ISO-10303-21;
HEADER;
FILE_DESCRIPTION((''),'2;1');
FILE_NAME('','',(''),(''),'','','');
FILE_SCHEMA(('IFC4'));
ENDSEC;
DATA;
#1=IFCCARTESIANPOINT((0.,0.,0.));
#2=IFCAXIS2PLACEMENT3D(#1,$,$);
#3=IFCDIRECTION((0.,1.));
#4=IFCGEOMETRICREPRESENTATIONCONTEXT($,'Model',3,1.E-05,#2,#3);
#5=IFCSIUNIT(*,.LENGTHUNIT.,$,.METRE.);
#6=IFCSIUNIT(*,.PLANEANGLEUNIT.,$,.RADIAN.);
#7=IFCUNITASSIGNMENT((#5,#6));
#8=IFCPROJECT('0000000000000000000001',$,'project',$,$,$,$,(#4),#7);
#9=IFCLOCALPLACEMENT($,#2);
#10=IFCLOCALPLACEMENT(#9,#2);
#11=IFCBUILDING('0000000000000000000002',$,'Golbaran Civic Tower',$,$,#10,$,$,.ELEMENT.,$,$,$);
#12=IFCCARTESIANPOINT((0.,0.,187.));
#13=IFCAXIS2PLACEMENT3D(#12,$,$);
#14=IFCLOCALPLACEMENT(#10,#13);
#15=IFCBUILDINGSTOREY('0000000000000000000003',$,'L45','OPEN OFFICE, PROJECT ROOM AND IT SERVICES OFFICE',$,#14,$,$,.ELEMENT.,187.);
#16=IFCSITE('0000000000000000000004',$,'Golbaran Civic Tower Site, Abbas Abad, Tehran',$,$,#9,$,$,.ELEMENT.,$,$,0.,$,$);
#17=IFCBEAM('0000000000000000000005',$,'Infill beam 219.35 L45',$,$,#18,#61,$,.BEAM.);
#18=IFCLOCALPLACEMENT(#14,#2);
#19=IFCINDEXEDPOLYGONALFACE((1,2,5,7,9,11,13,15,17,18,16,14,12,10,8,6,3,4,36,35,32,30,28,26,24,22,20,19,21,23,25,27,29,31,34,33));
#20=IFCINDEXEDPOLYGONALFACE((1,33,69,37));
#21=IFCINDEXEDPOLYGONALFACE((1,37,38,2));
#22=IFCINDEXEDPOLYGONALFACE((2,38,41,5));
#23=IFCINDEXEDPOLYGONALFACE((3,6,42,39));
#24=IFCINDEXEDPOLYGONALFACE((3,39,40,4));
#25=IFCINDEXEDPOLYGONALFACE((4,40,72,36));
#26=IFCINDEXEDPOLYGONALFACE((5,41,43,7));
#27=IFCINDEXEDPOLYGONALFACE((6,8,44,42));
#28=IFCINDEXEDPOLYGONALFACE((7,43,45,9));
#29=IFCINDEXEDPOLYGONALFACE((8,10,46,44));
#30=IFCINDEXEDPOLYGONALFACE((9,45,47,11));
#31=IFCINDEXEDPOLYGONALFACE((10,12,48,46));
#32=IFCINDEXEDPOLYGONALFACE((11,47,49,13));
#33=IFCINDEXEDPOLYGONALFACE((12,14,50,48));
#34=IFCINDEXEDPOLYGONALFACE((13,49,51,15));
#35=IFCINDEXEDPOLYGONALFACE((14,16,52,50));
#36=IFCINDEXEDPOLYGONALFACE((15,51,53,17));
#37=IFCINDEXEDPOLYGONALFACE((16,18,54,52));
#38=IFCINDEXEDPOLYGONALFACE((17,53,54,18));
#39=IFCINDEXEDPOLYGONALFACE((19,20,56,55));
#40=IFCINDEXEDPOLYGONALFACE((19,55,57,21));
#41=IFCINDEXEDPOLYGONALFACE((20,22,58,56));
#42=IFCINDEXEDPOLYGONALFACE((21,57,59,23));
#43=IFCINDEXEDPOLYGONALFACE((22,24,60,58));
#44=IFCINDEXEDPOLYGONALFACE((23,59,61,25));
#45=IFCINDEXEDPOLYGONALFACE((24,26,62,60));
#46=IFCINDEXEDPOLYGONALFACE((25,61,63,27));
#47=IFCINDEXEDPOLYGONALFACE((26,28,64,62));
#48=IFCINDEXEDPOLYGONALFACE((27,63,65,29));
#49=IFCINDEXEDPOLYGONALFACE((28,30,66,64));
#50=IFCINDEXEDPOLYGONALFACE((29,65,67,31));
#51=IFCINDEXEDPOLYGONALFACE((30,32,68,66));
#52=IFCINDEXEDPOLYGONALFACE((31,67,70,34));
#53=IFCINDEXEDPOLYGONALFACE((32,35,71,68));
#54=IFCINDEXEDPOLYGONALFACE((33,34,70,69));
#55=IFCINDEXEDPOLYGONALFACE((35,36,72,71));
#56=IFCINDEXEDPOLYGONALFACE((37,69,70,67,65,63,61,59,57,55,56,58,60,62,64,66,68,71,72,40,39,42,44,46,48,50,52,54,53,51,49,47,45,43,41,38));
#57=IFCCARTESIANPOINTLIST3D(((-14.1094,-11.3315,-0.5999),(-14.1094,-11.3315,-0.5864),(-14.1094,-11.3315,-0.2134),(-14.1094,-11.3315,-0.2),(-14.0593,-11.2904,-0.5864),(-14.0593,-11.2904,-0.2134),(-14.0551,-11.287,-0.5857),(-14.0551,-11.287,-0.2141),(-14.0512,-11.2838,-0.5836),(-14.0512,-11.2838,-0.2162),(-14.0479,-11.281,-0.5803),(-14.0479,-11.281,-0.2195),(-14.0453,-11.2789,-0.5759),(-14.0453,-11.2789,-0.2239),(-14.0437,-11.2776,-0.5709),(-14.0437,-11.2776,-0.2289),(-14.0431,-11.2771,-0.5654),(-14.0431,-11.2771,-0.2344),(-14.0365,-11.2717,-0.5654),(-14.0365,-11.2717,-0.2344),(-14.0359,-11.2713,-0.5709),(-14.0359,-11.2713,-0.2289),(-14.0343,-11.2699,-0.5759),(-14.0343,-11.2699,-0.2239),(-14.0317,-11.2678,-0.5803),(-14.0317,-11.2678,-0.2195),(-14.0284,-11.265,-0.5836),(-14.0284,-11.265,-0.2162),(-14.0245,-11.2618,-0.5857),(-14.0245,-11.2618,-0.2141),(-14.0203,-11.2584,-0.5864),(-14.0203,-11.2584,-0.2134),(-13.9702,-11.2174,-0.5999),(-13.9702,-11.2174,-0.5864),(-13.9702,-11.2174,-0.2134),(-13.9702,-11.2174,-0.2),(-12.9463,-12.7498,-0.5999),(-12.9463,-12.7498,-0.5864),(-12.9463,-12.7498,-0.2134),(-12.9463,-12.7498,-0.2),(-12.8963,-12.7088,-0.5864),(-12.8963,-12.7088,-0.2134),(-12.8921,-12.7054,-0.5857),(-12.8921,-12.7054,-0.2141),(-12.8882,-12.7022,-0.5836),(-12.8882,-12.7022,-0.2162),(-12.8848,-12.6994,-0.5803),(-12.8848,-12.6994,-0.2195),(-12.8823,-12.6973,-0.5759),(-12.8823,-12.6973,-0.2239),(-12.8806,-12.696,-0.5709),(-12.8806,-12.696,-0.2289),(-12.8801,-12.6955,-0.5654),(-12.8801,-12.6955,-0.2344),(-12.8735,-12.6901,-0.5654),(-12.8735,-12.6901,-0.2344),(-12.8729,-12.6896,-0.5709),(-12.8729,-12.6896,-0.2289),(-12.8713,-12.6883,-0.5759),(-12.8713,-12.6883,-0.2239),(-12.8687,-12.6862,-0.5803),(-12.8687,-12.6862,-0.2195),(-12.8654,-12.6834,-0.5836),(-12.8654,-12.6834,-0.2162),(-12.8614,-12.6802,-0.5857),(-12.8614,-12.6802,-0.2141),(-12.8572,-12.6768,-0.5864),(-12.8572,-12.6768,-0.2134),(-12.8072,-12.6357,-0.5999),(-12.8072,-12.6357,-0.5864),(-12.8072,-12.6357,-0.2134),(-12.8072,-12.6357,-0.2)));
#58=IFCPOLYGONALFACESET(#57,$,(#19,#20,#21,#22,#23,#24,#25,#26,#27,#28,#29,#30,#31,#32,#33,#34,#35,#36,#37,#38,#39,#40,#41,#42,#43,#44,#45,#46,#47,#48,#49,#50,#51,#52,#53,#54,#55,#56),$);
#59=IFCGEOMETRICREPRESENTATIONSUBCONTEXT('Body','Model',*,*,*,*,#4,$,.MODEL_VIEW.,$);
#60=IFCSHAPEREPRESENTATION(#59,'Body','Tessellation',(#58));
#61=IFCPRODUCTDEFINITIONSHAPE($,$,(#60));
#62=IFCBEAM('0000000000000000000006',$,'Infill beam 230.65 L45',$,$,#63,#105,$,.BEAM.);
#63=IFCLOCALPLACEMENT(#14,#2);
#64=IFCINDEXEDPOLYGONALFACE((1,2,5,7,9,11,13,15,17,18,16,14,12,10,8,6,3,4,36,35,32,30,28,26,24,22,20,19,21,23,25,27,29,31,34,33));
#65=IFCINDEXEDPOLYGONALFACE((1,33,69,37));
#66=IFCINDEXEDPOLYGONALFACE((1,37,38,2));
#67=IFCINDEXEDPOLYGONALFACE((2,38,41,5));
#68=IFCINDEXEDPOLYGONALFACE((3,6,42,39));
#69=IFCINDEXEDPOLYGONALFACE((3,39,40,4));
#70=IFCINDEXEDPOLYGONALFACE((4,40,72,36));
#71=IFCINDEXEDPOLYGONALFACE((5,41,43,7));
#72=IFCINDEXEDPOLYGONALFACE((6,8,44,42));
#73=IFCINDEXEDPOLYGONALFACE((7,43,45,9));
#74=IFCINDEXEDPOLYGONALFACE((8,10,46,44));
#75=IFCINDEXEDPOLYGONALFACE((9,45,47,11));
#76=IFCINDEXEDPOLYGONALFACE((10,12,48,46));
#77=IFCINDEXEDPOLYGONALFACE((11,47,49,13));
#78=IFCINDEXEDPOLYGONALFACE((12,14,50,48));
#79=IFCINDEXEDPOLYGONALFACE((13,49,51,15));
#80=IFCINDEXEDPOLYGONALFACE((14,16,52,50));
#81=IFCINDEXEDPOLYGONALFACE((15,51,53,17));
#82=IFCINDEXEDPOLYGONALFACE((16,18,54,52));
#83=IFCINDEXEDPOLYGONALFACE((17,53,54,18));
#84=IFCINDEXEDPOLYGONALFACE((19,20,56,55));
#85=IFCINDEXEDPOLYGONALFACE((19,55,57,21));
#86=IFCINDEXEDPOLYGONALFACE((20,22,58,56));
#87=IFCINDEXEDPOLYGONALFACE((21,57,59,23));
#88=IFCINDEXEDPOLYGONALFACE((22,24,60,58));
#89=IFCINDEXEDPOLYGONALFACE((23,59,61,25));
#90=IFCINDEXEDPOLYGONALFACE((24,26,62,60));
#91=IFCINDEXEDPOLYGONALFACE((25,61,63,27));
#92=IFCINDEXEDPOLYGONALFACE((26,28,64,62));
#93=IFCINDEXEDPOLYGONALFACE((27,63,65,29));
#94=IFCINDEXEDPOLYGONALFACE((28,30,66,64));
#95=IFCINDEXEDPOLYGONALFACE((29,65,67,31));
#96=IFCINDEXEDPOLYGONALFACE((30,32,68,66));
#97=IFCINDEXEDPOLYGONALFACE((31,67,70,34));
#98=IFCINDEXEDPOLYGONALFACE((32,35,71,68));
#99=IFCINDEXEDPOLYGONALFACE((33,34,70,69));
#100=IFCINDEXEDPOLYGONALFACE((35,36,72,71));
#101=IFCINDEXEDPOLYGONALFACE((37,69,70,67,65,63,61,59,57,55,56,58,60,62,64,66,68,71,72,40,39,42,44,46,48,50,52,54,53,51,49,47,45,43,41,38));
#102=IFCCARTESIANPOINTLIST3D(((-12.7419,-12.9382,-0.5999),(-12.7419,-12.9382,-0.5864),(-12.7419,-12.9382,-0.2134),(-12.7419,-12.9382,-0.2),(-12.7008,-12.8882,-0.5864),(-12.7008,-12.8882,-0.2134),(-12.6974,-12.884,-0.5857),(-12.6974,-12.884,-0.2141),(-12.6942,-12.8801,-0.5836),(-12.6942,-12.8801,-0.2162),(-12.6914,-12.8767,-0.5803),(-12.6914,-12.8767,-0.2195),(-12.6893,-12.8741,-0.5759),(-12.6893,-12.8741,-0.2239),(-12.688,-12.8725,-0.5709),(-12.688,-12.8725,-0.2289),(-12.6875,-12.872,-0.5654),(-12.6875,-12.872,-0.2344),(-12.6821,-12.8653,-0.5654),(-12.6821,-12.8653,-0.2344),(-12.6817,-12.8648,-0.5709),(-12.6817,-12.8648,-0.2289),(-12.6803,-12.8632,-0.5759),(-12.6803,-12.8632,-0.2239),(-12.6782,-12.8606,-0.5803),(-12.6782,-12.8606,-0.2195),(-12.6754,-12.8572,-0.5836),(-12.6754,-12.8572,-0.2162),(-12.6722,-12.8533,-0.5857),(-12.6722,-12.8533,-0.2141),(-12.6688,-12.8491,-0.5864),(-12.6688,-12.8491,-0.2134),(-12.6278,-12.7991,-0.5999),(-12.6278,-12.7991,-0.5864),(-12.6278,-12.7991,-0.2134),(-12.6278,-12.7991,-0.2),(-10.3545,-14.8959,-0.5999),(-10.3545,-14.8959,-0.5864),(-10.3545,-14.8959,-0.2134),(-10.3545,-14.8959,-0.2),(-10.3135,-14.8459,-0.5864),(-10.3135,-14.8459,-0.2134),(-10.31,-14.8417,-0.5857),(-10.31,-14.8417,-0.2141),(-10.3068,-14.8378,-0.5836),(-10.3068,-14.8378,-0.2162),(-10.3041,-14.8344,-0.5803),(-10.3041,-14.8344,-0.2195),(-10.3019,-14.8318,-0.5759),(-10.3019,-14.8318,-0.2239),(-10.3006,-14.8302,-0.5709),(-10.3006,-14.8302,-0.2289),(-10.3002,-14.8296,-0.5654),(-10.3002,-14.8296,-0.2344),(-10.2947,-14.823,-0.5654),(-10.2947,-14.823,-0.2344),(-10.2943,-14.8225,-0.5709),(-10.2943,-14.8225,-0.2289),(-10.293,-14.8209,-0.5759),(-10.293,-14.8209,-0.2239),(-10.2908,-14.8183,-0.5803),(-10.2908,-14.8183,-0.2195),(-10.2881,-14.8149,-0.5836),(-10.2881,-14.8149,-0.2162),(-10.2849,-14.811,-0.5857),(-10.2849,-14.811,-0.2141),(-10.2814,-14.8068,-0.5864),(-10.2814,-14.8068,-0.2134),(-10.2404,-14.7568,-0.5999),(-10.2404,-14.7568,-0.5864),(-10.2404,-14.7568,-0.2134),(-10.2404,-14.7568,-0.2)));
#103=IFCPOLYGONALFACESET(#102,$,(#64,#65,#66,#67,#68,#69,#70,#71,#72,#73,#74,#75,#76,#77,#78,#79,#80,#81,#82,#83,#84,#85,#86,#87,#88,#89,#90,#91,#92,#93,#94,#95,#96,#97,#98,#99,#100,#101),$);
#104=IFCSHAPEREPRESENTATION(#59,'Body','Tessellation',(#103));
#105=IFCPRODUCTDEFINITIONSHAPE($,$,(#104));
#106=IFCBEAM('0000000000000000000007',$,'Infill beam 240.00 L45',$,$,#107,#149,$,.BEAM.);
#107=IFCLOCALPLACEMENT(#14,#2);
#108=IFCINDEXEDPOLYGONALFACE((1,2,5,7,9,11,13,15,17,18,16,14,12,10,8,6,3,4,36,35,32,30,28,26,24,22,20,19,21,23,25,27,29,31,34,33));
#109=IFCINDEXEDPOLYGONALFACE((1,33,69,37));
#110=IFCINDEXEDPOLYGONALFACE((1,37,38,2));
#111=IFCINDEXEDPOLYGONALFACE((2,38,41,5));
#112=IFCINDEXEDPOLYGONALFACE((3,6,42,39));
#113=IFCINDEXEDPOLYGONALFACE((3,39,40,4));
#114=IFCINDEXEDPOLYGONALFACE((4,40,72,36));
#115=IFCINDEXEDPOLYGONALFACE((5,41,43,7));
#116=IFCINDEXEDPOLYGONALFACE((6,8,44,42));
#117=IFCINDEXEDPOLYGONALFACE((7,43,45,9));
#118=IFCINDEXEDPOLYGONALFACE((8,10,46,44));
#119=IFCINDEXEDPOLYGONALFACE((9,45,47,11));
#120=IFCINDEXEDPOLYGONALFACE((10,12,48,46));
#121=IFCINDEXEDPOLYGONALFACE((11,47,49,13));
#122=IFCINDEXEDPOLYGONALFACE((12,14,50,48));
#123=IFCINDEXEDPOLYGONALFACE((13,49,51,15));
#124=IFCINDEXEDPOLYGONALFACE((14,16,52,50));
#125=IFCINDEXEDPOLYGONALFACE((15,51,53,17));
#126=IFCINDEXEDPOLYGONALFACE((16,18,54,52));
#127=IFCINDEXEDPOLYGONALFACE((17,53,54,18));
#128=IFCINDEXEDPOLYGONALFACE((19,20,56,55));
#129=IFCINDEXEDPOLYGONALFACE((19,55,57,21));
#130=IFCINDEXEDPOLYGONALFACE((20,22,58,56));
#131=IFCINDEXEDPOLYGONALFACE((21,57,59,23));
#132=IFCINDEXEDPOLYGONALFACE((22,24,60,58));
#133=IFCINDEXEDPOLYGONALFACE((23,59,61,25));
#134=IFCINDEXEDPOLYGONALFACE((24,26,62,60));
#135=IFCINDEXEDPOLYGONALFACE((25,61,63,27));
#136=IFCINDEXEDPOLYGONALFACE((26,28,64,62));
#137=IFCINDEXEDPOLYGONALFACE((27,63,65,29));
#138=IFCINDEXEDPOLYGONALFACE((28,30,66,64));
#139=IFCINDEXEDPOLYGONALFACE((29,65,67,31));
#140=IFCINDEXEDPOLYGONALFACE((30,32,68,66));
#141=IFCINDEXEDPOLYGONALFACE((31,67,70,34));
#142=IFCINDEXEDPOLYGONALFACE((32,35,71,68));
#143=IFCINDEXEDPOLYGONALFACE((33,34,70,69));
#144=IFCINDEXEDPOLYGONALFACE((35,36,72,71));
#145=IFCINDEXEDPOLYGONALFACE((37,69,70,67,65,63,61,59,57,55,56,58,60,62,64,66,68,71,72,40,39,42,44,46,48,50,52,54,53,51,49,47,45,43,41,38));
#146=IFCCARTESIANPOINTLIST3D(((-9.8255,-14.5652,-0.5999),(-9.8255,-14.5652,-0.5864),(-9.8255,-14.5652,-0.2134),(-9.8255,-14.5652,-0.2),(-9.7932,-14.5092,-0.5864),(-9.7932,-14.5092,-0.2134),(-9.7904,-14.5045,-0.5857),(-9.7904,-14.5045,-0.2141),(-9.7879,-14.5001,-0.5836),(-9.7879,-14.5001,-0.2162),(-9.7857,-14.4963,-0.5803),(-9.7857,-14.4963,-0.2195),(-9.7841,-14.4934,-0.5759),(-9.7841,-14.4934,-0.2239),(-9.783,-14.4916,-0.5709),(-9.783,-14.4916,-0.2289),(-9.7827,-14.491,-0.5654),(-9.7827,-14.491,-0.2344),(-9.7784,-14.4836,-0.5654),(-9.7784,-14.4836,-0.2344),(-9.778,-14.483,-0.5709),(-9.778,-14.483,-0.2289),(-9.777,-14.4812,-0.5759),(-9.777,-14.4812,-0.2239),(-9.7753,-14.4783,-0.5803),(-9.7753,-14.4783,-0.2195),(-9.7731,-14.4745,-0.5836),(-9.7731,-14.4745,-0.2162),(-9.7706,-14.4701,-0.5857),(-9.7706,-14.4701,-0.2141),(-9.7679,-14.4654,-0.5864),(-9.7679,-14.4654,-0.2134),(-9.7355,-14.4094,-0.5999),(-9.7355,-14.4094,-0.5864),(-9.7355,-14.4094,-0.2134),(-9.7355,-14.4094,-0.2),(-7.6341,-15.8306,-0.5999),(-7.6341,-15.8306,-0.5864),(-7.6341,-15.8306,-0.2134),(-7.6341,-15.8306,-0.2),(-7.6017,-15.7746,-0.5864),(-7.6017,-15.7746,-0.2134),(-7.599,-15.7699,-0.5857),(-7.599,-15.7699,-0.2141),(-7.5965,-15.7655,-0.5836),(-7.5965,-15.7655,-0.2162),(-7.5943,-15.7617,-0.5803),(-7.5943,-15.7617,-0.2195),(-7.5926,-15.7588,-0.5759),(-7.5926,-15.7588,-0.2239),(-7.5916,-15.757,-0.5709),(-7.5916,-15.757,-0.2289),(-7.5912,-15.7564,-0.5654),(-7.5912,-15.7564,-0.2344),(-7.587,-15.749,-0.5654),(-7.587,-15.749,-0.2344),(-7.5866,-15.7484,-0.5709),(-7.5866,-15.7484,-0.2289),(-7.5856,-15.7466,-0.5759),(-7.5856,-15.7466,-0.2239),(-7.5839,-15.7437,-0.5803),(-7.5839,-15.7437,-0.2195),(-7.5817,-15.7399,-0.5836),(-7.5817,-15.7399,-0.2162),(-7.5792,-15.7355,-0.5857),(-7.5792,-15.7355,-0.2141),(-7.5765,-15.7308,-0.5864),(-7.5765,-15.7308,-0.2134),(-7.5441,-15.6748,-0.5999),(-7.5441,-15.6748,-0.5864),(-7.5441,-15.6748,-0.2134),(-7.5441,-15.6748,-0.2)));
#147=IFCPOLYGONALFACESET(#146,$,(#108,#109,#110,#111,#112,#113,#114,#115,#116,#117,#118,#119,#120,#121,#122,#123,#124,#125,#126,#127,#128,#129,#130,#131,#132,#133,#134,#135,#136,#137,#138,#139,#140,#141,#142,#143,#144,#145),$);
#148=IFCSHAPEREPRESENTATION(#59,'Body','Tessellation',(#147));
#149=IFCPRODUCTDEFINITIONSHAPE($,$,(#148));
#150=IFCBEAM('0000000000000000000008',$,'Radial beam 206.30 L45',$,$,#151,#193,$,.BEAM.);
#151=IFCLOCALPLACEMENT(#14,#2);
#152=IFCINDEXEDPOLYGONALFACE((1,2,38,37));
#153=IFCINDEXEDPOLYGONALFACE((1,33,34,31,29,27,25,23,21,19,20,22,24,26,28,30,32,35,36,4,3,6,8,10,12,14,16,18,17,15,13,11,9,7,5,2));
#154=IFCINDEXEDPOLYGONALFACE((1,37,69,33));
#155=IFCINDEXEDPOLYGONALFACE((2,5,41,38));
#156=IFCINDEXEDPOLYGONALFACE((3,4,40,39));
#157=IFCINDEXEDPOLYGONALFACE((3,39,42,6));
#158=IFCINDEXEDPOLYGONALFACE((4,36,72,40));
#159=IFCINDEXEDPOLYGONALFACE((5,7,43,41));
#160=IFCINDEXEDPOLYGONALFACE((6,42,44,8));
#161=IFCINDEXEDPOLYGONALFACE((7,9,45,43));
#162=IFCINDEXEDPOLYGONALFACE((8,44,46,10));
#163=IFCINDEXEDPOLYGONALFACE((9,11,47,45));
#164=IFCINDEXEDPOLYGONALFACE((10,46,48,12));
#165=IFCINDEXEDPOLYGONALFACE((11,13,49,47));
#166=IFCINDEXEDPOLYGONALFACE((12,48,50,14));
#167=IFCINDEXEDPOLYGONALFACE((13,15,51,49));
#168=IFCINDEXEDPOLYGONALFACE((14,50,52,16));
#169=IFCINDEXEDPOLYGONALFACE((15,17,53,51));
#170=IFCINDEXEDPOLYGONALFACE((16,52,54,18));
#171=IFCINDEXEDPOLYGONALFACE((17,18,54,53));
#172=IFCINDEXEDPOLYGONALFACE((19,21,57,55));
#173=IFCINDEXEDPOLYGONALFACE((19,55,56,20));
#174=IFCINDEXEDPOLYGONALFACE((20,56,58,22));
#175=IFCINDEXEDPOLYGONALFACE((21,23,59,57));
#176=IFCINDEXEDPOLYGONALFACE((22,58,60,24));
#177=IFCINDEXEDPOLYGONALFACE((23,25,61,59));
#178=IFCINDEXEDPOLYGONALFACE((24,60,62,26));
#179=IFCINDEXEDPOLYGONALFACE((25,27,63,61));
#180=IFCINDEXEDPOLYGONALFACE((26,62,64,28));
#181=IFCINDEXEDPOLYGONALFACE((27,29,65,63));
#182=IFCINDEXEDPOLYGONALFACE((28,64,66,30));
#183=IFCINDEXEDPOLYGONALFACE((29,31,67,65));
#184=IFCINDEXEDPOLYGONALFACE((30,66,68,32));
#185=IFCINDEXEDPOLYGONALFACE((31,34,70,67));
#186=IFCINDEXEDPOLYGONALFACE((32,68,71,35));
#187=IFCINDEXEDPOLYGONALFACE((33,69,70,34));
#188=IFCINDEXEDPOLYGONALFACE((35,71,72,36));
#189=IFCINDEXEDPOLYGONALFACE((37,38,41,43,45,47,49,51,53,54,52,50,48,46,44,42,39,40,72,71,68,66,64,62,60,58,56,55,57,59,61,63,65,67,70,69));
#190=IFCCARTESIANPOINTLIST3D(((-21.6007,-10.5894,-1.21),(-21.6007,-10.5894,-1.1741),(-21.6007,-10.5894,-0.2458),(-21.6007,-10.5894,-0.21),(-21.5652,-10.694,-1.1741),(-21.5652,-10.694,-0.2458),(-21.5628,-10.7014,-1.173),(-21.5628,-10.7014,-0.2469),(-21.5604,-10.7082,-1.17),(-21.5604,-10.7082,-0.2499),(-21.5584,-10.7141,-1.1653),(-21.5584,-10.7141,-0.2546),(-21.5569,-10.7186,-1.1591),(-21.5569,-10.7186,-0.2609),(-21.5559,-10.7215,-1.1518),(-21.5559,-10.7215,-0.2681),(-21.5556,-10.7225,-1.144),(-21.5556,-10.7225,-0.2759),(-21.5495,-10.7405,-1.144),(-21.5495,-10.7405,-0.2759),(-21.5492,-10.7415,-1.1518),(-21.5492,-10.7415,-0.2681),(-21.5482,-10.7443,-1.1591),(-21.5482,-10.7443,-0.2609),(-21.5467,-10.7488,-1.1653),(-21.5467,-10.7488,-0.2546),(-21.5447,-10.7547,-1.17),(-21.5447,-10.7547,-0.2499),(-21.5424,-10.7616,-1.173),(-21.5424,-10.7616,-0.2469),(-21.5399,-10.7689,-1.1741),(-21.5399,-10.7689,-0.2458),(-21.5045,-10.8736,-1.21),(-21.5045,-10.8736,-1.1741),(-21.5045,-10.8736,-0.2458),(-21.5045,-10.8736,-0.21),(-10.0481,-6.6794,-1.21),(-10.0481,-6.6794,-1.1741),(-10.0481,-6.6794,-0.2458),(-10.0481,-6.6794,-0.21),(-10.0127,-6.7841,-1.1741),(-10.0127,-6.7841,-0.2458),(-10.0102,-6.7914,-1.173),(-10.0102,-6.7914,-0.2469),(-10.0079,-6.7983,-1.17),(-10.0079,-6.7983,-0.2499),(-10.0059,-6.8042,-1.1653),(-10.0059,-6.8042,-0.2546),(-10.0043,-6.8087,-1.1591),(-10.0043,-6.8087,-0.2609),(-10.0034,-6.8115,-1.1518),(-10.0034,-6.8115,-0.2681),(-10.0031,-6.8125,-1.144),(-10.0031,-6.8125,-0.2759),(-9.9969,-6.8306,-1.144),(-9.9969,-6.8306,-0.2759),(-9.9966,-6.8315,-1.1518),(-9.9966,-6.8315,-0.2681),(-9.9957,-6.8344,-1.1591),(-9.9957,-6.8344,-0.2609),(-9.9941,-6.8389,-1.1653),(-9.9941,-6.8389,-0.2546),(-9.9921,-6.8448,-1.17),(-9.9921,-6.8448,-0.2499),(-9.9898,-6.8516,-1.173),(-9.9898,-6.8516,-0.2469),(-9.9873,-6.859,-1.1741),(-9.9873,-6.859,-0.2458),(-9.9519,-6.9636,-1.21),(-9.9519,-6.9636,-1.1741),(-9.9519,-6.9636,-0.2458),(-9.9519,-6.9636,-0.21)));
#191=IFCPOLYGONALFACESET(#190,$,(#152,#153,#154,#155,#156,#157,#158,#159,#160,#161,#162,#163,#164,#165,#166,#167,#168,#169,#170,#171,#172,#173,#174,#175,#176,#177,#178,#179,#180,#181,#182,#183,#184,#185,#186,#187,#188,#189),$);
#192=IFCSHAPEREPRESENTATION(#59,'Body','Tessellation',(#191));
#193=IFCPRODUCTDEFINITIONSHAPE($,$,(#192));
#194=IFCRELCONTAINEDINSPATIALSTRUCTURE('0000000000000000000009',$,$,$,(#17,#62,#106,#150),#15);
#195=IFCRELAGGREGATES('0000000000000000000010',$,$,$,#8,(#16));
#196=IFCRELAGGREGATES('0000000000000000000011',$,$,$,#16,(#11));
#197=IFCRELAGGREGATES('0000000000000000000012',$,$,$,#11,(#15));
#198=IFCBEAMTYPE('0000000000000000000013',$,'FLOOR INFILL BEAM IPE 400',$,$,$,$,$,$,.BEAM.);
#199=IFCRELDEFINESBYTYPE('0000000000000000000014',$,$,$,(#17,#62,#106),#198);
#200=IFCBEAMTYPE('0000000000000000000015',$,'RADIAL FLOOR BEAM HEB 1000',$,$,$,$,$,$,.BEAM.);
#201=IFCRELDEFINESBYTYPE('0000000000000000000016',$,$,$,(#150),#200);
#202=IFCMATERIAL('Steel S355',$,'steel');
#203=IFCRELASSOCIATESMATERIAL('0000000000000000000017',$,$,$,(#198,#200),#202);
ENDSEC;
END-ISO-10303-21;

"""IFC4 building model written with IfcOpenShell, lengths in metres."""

from ifc_helpers import new_model, si_unit, direction, frame, origin, origin_2d, place, context, subcontext, project, spatial, i_section, extrude, material, material_profile, profile_set, type_object, element, save


model = new_model("IFC4")

# Units and contexts
model_context = context("Model", 3, precision=1e-05, world=origin(), true_north=direction((0.0, 1.0)))
body_context = subcontext(model_context, "Body", "Model", "MODEL_VIEW")
ifc_project = project(units=[si_unit("LENGTHUNIT", "METRE"), si_unit("PLANEANGLEUNIT", "RADIAN")], contexts=[model_context])

# Site, building, storey
site_placement = place(None, origin())
site = spatial("IfcSite", under=ifc_project, at=site_placement, Name="Golbaran Civic Tower Site, Abbas Abad, Tehran", CompositionType="ELEMENT", RefElevation=0.0)
building_placement = place(site_placement, origin())
building = spatial("IfcBuilding", under=site, at=building_placement, Name="Golbaran Civic Tower", CompositionType="ELEMENT")
storey_placement = place(building_placement, frame((0.0, 0.0, 187.0)))
storey = spatial("IfcBuildingStorey", under=building, at=storey_placement, Name="L45", Description="OPEN OFFICE, PROJECT ROOM AND IT SERVICES OFFICE", CompositionType="ELEMENT", Elevation=187.0)

# Beams
ifc_material_1 = material(Name="Steel S355", Category="steel")
ifc_material_profile_1 = material_profile(ifc_material_1, i_section(OverallWidth=0.1799, OverallDepth=0.3999, WebThickness=0.0085, FlangeThickness=0.0134, FilletRadius=0.021, at=origin_2d()), Name="IPE 400")
ifc_profile_set_1 = profile_set([ifc_material_profile_1], Name="Steel S355")
beam_type_1 = type_object("IfcBeamType", Name="FLOOR INFILL BEAM IPE 400", PredefinedType="BEAM", material=ifc_profile_set_1)
beam_1_placement = place(storey_placement, frame((-14.0398, -11.2744, -0.3999), z_axis=(0.634064, -0.773281, 0.0), x_axis=(0.773281, 0.634064, 0.0)))
element("IfcBeam", 1, at=beam_1_placement, inside=storey, type_object=beam_type_1, Name="Infill beam 219.35 L45", PredefinedType="BEAM", context=body_context, shape_type="SweptSolid", body=[
    extrude(i_section(OverallWidth=0.1799, OverallDepth=0.3999, WebThickness=0.0085, FlangeThickness=0.0134, FilletRadius=0.021, at=origin_2d()), origin(), (0.0, 0.0, 1.0), 1.8342),
])
beam_2_placement = place(storey_placement, frame((-12.6848, -12.8687, -0.3999), z_axis=(0.773259, -0.63409, 0.0), x_axis=(0.63409, 0.773259, 0.0)))
element("IfcBeam", 2, at=beam_2_placement, inside=storey, type_object=beam_type_1, Name="Infill beam 230.65 L45", PredefinedType="BEAM", context=body_context, shape_type="SweptSolid", body=[
    extrude(i_section(OverallWidth=0.1799, OverallDepth=0.3999, WebThickness=0.0085, FlangeThickness=0.0134, FilletRadius=0.021, at=origin_2d()), origin(), (0.0, 0.0, 1.0), 3.0874),
])
beam_3_placement = place(storey_placement, frame((-9.7805, -14.4873, -0.3999), z_axis=(0.865996, -0.500051, 0.0), x_axis=(0.500051, 0.865996, 0.0)))
element("IfcBeam", 3, at=beam_3_placement, inside=storey, type_object=beam_type_1, Name="Infill beam 240.00 L45", PredefinedType="BEAM", context=body_context, shape_type="SweptSolid", body=[
    extrude(i_section(OverallWidth=0.1799, OverallDepth=0.3999, WebThickness=0.0085, FlangeThickness=0.0134, FilletRadius=0.021, at=origin_2d()), origin(), (0.0, 0.0, 1.0), 2.5305),
])
ifc_material_profile_2 = material_profile(ifc_material_1, i_section(OverallWidth=0.3, OverallDepth=1.0, WebThickness=0.019, FlangeThickness=0.0359, FilletRadius=0.03, at=origin_2d()), Name="HEB 1000")
ifc_profile_set_2 = profile_set([ifc_material_profile_2], Name="Steel S355")
beam_type_2 = type_object("IfcBeamType", Name="RADIAL FLOOR BEAM HEB 1000", PredefinedType="BEAM", material=ifc_profile_set_2)
beam_4_placement = place(storey_placement, frame((-10.0, -6.8215, -0.71), z_axis=(-0.94722, -0.320584, 0.0), x_axis=(0.320584, -0.94722, 0.0)))
element("IfcBeam", 4, at=beam_4_placement, inside=storey, type_object=beam_type_2, Name="Radial beam 206.30 L45", PredefinedType="BEAM", context=body_context, shape_type="SweptSolid", body=[
    extrude(i_section(OverallWidth=0.3, OverallDepth=1.0, WebThickness=0.019, FlangeThickness=0.0359, FilletRadius=0.03, at=origin_2d()), origin(), (0.0, 0.0, 1.0), 12.1963),
])

save(model, "model.ifc")
